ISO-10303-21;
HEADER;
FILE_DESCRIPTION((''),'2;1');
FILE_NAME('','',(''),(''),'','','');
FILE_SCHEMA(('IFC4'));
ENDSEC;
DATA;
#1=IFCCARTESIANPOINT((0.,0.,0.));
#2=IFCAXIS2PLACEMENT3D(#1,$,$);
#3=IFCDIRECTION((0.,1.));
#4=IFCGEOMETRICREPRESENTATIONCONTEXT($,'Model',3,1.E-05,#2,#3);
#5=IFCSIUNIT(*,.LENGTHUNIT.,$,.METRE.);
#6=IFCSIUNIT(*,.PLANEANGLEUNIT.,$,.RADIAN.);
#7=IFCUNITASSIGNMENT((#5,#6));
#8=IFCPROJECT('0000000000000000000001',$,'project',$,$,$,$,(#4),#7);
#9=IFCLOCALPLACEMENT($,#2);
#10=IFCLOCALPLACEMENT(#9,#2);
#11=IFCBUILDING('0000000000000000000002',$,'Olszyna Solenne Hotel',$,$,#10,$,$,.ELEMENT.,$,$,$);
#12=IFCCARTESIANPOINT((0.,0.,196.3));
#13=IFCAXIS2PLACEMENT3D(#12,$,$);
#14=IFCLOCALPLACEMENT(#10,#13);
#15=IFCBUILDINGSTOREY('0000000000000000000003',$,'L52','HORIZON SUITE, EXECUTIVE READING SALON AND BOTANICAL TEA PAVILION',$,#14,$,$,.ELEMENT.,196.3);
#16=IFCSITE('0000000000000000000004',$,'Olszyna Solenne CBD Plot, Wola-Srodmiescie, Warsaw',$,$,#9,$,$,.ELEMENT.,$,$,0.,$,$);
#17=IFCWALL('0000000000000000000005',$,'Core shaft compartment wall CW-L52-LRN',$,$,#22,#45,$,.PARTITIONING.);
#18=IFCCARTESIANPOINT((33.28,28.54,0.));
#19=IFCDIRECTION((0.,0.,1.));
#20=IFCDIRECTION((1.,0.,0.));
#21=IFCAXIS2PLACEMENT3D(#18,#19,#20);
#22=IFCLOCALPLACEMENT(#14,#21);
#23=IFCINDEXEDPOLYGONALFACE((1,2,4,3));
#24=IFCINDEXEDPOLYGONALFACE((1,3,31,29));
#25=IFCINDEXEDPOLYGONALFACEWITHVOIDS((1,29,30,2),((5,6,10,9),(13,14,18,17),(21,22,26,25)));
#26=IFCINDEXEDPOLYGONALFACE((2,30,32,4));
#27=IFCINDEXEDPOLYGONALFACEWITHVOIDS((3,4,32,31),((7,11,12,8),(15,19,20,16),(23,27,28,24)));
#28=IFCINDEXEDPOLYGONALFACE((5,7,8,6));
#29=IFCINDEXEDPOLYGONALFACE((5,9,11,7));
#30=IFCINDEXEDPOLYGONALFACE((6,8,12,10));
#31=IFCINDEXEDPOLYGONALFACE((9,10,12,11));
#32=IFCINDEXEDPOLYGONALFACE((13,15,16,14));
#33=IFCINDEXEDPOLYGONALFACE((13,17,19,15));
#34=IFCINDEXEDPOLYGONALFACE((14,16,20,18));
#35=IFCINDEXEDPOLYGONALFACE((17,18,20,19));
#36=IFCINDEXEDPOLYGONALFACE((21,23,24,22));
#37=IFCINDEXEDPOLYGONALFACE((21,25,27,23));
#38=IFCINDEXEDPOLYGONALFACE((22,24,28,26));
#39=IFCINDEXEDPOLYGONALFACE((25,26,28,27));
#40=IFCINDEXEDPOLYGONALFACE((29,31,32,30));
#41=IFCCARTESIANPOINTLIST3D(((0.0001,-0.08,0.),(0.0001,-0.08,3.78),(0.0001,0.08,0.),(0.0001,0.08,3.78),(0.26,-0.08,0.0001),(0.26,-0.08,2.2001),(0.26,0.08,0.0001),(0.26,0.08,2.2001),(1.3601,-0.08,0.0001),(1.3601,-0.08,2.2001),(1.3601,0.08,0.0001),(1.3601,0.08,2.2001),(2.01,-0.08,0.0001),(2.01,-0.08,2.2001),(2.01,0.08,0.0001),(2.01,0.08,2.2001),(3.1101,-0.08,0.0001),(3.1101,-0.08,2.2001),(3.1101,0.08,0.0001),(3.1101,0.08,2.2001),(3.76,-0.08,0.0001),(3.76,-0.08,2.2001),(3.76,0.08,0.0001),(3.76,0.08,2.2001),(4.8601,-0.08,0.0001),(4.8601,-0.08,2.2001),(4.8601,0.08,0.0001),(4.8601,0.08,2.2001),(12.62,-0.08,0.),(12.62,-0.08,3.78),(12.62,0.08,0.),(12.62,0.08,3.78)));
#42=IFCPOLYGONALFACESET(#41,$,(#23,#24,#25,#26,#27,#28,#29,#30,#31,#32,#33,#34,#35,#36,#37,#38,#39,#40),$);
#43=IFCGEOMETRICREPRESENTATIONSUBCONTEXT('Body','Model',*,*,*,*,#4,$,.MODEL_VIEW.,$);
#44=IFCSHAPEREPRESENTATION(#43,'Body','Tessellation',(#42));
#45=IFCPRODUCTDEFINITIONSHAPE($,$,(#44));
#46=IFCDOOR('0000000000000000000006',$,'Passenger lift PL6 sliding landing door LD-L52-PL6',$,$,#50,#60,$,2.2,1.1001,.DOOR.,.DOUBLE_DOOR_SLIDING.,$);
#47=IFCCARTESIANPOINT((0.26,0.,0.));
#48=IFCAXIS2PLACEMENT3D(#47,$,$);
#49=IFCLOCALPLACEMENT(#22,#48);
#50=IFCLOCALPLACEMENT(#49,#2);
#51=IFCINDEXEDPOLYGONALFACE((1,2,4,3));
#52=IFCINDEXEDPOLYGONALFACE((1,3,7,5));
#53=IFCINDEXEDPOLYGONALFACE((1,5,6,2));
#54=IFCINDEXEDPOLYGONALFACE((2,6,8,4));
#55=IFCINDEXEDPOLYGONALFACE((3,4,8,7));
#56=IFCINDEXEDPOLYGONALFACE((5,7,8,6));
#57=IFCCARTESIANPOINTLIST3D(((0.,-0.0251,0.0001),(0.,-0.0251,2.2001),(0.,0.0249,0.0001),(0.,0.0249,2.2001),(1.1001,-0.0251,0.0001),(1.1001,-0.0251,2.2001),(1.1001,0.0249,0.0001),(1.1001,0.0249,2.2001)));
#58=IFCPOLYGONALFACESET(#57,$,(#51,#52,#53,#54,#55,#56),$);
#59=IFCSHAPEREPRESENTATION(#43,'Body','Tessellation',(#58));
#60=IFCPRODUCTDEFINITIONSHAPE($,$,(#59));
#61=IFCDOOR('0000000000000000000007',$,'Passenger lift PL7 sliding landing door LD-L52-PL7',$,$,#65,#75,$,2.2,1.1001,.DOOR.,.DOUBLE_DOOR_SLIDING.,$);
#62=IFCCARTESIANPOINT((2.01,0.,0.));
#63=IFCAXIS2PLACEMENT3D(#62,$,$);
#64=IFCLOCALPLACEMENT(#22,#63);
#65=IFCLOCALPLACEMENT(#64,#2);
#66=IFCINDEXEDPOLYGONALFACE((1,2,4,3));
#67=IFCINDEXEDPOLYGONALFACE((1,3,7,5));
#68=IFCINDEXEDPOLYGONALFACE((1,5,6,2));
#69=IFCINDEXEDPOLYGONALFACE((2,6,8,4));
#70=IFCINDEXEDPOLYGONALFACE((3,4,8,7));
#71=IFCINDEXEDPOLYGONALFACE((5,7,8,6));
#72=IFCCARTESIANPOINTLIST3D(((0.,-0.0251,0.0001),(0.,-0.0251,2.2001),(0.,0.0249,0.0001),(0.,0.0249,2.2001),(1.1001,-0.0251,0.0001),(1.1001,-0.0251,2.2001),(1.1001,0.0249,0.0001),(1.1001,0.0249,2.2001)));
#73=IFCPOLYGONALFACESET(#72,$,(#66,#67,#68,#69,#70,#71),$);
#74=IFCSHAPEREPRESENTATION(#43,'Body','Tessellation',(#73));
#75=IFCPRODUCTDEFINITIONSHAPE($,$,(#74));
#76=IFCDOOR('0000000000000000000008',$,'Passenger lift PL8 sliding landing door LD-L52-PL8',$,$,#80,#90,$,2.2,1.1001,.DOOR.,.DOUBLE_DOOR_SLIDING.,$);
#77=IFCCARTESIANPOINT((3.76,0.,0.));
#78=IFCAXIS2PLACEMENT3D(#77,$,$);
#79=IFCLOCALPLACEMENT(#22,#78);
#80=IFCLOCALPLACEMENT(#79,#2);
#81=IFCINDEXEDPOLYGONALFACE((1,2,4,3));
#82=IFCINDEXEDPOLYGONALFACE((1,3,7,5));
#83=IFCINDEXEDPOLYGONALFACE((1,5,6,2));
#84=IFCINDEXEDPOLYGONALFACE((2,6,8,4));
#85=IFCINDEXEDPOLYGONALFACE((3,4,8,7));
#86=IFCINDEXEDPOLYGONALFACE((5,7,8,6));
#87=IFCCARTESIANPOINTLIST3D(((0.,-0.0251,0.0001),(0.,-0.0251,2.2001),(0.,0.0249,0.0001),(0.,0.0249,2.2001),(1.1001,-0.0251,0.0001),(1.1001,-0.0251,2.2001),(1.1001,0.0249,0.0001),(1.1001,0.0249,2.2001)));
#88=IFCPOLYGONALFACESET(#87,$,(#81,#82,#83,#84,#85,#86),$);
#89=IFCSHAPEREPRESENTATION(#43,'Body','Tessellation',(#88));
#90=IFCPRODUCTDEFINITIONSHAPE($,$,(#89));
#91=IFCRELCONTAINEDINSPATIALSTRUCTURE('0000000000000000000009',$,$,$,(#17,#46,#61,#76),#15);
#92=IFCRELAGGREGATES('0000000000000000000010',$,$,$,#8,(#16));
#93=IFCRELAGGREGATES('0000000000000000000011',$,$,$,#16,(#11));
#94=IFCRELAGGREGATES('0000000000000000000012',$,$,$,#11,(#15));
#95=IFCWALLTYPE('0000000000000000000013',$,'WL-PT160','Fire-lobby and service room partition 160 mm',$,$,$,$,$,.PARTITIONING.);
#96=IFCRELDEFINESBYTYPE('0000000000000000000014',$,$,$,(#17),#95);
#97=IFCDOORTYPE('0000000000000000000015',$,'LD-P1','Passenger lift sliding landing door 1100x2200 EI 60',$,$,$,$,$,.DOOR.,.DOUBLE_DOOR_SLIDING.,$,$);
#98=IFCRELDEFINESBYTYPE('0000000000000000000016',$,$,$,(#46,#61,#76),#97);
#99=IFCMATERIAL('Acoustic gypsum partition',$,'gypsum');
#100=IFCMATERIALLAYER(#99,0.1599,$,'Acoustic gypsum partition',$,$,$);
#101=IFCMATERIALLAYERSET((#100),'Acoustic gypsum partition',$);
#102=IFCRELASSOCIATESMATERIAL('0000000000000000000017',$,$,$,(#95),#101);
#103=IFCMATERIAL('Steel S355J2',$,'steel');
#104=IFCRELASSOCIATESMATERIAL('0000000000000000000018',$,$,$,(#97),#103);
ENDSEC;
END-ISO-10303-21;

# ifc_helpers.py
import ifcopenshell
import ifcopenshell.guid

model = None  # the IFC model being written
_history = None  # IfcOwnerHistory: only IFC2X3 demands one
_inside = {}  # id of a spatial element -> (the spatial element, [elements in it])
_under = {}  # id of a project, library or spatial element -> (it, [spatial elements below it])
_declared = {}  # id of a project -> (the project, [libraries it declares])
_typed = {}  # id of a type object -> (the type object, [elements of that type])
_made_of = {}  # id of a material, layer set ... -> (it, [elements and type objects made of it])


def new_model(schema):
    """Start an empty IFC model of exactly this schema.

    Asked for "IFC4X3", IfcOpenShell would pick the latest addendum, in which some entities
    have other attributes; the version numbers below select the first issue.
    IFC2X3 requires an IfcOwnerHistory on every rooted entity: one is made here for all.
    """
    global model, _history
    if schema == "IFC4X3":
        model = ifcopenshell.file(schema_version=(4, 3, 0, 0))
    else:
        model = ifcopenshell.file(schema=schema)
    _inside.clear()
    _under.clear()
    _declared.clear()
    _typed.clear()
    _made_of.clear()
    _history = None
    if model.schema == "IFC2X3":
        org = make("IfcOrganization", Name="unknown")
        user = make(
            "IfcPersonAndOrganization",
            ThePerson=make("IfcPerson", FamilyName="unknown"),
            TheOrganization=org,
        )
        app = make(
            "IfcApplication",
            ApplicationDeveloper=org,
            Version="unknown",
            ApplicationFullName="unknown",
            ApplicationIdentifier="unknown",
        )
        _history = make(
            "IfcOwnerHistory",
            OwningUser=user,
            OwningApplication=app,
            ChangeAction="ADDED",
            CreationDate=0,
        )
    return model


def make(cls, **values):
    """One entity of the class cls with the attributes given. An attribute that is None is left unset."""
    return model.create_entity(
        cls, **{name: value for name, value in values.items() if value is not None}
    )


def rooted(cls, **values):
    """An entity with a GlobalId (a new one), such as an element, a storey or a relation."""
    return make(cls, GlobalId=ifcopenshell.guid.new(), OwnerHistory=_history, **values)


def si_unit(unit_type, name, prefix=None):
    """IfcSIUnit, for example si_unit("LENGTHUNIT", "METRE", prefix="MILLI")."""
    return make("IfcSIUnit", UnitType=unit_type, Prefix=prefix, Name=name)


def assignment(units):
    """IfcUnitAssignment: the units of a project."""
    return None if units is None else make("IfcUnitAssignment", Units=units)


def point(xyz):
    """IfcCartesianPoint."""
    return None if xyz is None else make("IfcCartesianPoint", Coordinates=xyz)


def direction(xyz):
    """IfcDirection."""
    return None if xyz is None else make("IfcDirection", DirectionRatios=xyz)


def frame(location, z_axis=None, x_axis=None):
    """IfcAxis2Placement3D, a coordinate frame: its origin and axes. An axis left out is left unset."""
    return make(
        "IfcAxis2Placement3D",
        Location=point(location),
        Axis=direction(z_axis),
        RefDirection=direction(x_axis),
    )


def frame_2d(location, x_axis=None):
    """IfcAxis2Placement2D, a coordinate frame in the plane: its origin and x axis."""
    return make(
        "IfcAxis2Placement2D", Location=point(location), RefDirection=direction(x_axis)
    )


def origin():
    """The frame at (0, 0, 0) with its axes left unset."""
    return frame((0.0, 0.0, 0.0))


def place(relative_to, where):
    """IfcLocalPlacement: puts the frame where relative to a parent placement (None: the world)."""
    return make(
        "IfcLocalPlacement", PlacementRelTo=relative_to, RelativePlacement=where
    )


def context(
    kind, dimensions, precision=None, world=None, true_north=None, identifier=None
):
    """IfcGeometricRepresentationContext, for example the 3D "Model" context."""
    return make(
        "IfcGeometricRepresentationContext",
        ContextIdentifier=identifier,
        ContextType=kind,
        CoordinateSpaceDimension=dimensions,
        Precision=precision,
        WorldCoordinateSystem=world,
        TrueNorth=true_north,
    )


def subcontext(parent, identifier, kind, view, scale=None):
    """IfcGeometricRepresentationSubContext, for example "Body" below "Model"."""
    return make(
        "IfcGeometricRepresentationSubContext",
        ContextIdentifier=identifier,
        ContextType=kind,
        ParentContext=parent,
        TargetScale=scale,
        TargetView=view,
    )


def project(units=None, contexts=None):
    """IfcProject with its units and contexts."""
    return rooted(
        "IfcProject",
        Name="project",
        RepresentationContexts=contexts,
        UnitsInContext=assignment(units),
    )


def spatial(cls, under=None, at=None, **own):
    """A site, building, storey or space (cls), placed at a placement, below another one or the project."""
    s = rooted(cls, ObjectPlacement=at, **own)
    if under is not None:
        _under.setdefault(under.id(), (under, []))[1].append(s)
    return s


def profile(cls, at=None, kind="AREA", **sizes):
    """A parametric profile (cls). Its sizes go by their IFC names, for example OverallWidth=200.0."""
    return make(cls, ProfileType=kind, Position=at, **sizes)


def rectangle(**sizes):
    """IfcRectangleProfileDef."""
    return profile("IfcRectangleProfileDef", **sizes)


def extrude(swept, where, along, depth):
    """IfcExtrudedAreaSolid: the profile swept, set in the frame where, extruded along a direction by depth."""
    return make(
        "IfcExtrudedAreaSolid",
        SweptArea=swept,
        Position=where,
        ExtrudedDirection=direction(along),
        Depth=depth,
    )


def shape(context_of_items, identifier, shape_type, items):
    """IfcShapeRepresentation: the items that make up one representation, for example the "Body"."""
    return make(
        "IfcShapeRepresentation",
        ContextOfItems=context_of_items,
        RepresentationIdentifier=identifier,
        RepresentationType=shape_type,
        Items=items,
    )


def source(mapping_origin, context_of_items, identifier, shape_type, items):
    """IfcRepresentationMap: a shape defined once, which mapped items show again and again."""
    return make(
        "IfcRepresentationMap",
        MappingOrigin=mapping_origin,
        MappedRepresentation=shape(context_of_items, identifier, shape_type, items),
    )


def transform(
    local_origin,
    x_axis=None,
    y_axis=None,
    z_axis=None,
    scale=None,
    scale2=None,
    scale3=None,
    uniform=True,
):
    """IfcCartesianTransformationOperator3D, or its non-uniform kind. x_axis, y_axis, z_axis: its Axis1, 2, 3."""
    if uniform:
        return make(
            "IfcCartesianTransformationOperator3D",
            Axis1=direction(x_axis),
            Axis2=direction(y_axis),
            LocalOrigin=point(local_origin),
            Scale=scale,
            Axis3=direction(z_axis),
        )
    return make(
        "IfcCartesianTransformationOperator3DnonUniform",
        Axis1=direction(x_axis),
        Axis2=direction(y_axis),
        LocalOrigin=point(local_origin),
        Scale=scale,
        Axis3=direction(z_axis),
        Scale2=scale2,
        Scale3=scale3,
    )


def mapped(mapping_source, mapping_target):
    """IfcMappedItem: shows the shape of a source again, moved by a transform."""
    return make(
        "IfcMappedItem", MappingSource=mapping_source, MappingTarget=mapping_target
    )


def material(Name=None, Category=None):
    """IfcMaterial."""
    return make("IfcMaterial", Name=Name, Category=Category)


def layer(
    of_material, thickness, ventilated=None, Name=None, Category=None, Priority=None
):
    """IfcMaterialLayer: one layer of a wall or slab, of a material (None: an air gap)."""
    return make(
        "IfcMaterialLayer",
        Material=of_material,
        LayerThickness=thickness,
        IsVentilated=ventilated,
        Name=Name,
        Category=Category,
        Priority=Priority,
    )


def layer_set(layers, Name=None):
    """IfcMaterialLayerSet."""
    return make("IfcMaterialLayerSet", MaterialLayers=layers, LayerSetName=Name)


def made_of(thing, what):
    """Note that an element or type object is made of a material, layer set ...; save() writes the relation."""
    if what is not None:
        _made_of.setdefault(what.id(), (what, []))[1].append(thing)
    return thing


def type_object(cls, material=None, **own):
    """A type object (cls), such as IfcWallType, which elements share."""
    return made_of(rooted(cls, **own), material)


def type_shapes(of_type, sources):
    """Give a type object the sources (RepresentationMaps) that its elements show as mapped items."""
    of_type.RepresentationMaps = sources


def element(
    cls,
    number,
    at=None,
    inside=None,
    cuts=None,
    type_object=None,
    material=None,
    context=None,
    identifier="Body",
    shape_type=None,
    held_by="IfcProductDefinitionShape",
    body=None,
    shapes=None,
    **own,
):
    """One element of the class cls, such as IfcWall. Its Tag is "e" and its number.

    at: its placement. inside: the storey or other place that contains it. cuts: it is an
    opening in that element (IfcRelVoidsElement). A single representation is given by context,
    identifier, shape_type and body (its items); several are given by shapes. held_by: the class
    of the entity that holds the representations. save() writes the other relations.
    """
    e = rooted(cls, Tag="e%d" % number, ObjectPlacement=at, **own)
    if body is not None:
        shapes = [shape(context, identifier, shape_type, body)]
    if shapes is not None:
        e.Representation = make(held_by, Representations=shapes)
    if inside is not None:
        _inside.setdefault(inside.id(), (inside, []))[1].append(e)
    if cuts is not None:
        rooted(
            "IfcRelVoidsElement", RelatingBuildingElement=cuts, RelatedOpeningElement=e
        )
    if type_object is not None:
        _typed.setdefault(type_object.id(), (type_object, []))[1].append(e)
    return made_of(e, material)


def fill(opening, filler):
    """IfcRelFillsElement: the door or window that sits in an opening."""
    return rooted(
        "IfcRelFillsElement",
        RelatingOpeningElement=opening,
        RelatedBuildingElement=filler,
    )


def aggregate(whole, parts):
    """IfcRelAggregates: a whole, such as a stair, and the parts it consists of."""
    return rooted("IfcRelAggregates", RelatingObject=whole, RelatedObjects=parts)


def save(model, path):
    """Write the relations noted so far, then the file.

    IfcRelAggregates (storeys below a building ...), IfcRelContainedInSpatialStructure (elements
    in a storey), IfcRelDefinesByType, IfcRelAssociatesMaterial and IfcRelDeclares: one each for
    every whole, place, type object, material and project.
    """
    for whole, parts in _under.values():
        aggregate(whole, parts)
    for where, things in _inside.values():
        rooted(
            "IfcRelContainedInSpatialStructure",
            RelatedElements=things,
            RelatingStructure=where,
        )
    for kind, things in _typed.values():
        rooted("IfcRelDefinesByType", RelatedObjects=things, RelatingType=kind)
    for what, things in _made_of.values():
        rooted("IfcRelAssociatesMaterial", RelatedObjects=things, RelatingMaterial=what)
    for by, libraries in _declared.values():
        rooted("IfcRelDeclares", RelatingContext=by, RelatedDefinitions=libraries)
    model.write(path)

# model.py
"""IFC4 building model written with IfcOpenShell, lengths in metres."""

from ifc_helpers import new_model, si_unit, direction, frame, frame_2d, origin, place, context, subcontext, project, spatial, rectangle, extrude, source, transform, mapped, material, layer, layer_set, type_object, type_shapes, element, fill, save


model = new_model("IFC4")

# Units and contexts
model_context = context("Model", 3, precision=1e-05, world=origin(), true_north=direction((0.0, 1.0)))
body_context = subcontext(model_context, "Body", "Model", "MODEL_VIEW")
ifc_project = project(units=[si_unit("LENGTHUNIT", "METRE"), si_unit("PLANEANGLEUNIT", "RADIAN")], contexts=[model_context])

# Site, building, storey
site_placement = place(None, origin())
site = spatial("IfcSite", under=ifc_project, at=site_placement, Name="Olszyna Solenne CBD Plot, Wola-Srodmiescie, Warsaw", CompositionType="ELEMENT", RefElevation=0.0)
building_placement = place(site_placement, origin())
building = spatial("IfcBuilding", under=site, at=building_placement, Name="Olszyna Solenne Hotel", CompositionType="ELEMENT")
storey_placement = place(building_placement, frame((0.0, 0.0, 196.3)))
storey = spatial("IfcBuildingStorey", under=building, at=storey_placement, Name="L52", Description="HORIZON SUITE, EXECUTIVE READING SALON AND BOTANICAL TEA PAVILION", CompositionType="ELEMENT", Elevation=196.3)

# Shared definitions
ifc_material_1 = material(Name="Steel S355J2", Category="steel")

# Shared definitions
ifc_material_2 = material(Name="Acoustic gypsum partition", Category="gypsum")
ifc_layer_1 = layer(ifc_material_2, 0.1599, Name="Acoustic gypsum partition")
ifc_layer_set_1 = layer_set([ifc_layer_1], Name="Acoustic gypsum partition")
wall_type_1 = type_object("IfcWallType", Name="WL-PT160", Description="Fire-lobby and service room partition 160 mm", PredefinedType="PARTITIONING", material=ifc_layer_set_1)

# Wall, openings, doors
door_type_1 = type_object("IfcDoorType", Name="LD-P1", Description="Passenger lift sliding landing door 1100x2200 EI 60", OperationType="DOUBLE_DOOR_SLIDING", PredefinedType="DOOR", material=ifc_material_1)
shared_shape_1 = source(origin(), body_context, "Body", "SweptSolid", [
    extrude(rectangle(XDim=1.1001, YDim=2.2, at=frame_2d((0.55, 1.1001))), frame((0.0, 0.0249, 0.0), z_axis=(0.0, -1.0, 0.0), x_axis=(1.0, 0.0, 0.0)), (0.0, 0.0, 1.0), 0.05),
])
type_shapes(door_type_1, [shared_shape_1])
wall_1_placement = place(storey_placement, frame((33.28, 28.54, 0.0), z_axis=(0.0, 0.0, 1.0), x_axis=(1.0, 0.0, 0.0)))
wall_1 = element("IfcWall", 1, at=wall_1_placement, inside=storey, type_object=wall_type_1, Name="Core shaft compartment wall CW-L52-LRN", PredefinedType="PARTITIONING", context=body_context, shape_type="SweptSolid", body=[
    extrude(rectangle(XDim=12.6199, YDim=0.1599, at=frame_2d((6.3101, 0.0))), origin(), (0.0, 0.0, 1.0), 3.78),
])
opening_1_placement = place(wall_1_placement, frame((0.26, 0.0, 0.0)))
opening_1 = element("IfcOpeningElement", 2, at=opening_1_placement, cuts=wall_1, PredefinedType="OPENING", context=body_context, shape_type="SweptSolid", body=[
    extrude(rectangle(XDim=1.1001, YDim=2.2, at=frame_2d((0.55, 1.1001))), frame((0.0, 0.0898, 0.0), z_axis=(0.0, -1.0, 0.0), x_axis=(1.0, 0.0, 0.0)), (0.0, 0.0, 1.0), 0.1799),
])
opening_2_placement = place(wall_1_placement, frame((2.01, 0.0, 0.0)))
opening_2 = element("IfcOpeningElement", 3, at=opening_2_placement, cuts=wall_1, PredefinedType="OPENING", context=body_context, shape_type="SweptSolid", body=[
    extrude(rectangle(XDim=1.1001, YDim=2.2, at=frame_2d((0.55, 1.1001))), frame((0.0, 0.0898, 0.0), z_axis=(0.0, -1.0, 0.0), x_axis=(1.0, 0.0, 0.0)), (0.0, 0.0, 1.0), 0.1799),
])
opening_3_placement = place(wall_1_placement, frame((3.76, 0.0, 0.0)))
opening_3 = element("IfcOpeningElement", 4, at=opening_3_placement, cuts=wall_1, PredefinedType="OPENING", context=body_context, shape_type="SweptSolid", body=[
    extrude(rectangle(XDim=1.1001, YDim=2.2, at=frame_2d((0.55, 1.1001))), frame((0.0, 0.0898, 0.0), z_axis=(0.0, -1.0, 0.0), x_axis=(1.0, 0.0, 0.0)), (0.0, 0.0, 1.0), 0.1799),
])
door_1_placement = place(opening_1_placement, origin())
door_1 = element("IfcDoor", 5, at=door_1_placement, inside=storey, type_object=door_type_1, Name="Passenger lift PL6 sliding landing door LD-L52-PL6", OperationType="DOUBLE_DOOR_SLIDING", OverallHeight=2.2, OverallWidth=1.1001, PredefinedType="DOOR", context=body_context, shape_type="MappedRepresentation", body=[
    mapped(shared_shape_1, transform((0.0, 0.0, 0.0), x_axis=(1.0, 0.0, 0.0), y_axis=(0.0, 1.0, 0.0), z_axis=(0.0, 0.0, 1.0), scale=1.0)),
])
fill(opening_1, door_1)
door_2_placement = place(opening_2_placement, origin())
door_2 = element("IfcDoor", 6, at=door_2_placement, inside=storey, type_object=door_type_1, Name="Passenger lift PL7 sliding landing door LD-L52-PL7", OperationType="DOUBLE_DOOR_SLIDING", OverallHeight=2.2, OverallWidth=1.1001, PredefinedType="DOOR", context=body_context, shape_type="MappedRepresentation", body=[
    mapped(shared_shape_1, transform((0.0, 0.0, 0.0), x_axis=(1.0, 0.0, 0.0), y_axis=(0.0, 1.0, 0.0), z_axis=(0.0, 0.0, 1.0), scale=1.0)),
])
fill(opening_2, door_2)
door_3_placement = place(opening_3_placement, origin())
door_3 = element("IfcDoor", 7, at=door_3_placement, inside=storey, type_object=door_type_1, Name="Passenger lift PL8 sliding landing door LD-L52-PL8", OperationType="DOUBLE_DOOR_SLIDING", OverallHeight=2.2, OverallWidth=1.1001, PredefinedType="DOOR", context=body_context, shape_type="MappedRepresentation", body=[
    mapped(shared_shape_1, transform((0.0, 0.0, 0.0), x_axis=(1.0, 0.0, 0.0), y_axis=(0.0, 1.0, 0.0), z_axis=(0.0, 0.0, 1.0), scale=1.0)),
])
fill(opening_3, door_3)

save(model, "model.ifc")
